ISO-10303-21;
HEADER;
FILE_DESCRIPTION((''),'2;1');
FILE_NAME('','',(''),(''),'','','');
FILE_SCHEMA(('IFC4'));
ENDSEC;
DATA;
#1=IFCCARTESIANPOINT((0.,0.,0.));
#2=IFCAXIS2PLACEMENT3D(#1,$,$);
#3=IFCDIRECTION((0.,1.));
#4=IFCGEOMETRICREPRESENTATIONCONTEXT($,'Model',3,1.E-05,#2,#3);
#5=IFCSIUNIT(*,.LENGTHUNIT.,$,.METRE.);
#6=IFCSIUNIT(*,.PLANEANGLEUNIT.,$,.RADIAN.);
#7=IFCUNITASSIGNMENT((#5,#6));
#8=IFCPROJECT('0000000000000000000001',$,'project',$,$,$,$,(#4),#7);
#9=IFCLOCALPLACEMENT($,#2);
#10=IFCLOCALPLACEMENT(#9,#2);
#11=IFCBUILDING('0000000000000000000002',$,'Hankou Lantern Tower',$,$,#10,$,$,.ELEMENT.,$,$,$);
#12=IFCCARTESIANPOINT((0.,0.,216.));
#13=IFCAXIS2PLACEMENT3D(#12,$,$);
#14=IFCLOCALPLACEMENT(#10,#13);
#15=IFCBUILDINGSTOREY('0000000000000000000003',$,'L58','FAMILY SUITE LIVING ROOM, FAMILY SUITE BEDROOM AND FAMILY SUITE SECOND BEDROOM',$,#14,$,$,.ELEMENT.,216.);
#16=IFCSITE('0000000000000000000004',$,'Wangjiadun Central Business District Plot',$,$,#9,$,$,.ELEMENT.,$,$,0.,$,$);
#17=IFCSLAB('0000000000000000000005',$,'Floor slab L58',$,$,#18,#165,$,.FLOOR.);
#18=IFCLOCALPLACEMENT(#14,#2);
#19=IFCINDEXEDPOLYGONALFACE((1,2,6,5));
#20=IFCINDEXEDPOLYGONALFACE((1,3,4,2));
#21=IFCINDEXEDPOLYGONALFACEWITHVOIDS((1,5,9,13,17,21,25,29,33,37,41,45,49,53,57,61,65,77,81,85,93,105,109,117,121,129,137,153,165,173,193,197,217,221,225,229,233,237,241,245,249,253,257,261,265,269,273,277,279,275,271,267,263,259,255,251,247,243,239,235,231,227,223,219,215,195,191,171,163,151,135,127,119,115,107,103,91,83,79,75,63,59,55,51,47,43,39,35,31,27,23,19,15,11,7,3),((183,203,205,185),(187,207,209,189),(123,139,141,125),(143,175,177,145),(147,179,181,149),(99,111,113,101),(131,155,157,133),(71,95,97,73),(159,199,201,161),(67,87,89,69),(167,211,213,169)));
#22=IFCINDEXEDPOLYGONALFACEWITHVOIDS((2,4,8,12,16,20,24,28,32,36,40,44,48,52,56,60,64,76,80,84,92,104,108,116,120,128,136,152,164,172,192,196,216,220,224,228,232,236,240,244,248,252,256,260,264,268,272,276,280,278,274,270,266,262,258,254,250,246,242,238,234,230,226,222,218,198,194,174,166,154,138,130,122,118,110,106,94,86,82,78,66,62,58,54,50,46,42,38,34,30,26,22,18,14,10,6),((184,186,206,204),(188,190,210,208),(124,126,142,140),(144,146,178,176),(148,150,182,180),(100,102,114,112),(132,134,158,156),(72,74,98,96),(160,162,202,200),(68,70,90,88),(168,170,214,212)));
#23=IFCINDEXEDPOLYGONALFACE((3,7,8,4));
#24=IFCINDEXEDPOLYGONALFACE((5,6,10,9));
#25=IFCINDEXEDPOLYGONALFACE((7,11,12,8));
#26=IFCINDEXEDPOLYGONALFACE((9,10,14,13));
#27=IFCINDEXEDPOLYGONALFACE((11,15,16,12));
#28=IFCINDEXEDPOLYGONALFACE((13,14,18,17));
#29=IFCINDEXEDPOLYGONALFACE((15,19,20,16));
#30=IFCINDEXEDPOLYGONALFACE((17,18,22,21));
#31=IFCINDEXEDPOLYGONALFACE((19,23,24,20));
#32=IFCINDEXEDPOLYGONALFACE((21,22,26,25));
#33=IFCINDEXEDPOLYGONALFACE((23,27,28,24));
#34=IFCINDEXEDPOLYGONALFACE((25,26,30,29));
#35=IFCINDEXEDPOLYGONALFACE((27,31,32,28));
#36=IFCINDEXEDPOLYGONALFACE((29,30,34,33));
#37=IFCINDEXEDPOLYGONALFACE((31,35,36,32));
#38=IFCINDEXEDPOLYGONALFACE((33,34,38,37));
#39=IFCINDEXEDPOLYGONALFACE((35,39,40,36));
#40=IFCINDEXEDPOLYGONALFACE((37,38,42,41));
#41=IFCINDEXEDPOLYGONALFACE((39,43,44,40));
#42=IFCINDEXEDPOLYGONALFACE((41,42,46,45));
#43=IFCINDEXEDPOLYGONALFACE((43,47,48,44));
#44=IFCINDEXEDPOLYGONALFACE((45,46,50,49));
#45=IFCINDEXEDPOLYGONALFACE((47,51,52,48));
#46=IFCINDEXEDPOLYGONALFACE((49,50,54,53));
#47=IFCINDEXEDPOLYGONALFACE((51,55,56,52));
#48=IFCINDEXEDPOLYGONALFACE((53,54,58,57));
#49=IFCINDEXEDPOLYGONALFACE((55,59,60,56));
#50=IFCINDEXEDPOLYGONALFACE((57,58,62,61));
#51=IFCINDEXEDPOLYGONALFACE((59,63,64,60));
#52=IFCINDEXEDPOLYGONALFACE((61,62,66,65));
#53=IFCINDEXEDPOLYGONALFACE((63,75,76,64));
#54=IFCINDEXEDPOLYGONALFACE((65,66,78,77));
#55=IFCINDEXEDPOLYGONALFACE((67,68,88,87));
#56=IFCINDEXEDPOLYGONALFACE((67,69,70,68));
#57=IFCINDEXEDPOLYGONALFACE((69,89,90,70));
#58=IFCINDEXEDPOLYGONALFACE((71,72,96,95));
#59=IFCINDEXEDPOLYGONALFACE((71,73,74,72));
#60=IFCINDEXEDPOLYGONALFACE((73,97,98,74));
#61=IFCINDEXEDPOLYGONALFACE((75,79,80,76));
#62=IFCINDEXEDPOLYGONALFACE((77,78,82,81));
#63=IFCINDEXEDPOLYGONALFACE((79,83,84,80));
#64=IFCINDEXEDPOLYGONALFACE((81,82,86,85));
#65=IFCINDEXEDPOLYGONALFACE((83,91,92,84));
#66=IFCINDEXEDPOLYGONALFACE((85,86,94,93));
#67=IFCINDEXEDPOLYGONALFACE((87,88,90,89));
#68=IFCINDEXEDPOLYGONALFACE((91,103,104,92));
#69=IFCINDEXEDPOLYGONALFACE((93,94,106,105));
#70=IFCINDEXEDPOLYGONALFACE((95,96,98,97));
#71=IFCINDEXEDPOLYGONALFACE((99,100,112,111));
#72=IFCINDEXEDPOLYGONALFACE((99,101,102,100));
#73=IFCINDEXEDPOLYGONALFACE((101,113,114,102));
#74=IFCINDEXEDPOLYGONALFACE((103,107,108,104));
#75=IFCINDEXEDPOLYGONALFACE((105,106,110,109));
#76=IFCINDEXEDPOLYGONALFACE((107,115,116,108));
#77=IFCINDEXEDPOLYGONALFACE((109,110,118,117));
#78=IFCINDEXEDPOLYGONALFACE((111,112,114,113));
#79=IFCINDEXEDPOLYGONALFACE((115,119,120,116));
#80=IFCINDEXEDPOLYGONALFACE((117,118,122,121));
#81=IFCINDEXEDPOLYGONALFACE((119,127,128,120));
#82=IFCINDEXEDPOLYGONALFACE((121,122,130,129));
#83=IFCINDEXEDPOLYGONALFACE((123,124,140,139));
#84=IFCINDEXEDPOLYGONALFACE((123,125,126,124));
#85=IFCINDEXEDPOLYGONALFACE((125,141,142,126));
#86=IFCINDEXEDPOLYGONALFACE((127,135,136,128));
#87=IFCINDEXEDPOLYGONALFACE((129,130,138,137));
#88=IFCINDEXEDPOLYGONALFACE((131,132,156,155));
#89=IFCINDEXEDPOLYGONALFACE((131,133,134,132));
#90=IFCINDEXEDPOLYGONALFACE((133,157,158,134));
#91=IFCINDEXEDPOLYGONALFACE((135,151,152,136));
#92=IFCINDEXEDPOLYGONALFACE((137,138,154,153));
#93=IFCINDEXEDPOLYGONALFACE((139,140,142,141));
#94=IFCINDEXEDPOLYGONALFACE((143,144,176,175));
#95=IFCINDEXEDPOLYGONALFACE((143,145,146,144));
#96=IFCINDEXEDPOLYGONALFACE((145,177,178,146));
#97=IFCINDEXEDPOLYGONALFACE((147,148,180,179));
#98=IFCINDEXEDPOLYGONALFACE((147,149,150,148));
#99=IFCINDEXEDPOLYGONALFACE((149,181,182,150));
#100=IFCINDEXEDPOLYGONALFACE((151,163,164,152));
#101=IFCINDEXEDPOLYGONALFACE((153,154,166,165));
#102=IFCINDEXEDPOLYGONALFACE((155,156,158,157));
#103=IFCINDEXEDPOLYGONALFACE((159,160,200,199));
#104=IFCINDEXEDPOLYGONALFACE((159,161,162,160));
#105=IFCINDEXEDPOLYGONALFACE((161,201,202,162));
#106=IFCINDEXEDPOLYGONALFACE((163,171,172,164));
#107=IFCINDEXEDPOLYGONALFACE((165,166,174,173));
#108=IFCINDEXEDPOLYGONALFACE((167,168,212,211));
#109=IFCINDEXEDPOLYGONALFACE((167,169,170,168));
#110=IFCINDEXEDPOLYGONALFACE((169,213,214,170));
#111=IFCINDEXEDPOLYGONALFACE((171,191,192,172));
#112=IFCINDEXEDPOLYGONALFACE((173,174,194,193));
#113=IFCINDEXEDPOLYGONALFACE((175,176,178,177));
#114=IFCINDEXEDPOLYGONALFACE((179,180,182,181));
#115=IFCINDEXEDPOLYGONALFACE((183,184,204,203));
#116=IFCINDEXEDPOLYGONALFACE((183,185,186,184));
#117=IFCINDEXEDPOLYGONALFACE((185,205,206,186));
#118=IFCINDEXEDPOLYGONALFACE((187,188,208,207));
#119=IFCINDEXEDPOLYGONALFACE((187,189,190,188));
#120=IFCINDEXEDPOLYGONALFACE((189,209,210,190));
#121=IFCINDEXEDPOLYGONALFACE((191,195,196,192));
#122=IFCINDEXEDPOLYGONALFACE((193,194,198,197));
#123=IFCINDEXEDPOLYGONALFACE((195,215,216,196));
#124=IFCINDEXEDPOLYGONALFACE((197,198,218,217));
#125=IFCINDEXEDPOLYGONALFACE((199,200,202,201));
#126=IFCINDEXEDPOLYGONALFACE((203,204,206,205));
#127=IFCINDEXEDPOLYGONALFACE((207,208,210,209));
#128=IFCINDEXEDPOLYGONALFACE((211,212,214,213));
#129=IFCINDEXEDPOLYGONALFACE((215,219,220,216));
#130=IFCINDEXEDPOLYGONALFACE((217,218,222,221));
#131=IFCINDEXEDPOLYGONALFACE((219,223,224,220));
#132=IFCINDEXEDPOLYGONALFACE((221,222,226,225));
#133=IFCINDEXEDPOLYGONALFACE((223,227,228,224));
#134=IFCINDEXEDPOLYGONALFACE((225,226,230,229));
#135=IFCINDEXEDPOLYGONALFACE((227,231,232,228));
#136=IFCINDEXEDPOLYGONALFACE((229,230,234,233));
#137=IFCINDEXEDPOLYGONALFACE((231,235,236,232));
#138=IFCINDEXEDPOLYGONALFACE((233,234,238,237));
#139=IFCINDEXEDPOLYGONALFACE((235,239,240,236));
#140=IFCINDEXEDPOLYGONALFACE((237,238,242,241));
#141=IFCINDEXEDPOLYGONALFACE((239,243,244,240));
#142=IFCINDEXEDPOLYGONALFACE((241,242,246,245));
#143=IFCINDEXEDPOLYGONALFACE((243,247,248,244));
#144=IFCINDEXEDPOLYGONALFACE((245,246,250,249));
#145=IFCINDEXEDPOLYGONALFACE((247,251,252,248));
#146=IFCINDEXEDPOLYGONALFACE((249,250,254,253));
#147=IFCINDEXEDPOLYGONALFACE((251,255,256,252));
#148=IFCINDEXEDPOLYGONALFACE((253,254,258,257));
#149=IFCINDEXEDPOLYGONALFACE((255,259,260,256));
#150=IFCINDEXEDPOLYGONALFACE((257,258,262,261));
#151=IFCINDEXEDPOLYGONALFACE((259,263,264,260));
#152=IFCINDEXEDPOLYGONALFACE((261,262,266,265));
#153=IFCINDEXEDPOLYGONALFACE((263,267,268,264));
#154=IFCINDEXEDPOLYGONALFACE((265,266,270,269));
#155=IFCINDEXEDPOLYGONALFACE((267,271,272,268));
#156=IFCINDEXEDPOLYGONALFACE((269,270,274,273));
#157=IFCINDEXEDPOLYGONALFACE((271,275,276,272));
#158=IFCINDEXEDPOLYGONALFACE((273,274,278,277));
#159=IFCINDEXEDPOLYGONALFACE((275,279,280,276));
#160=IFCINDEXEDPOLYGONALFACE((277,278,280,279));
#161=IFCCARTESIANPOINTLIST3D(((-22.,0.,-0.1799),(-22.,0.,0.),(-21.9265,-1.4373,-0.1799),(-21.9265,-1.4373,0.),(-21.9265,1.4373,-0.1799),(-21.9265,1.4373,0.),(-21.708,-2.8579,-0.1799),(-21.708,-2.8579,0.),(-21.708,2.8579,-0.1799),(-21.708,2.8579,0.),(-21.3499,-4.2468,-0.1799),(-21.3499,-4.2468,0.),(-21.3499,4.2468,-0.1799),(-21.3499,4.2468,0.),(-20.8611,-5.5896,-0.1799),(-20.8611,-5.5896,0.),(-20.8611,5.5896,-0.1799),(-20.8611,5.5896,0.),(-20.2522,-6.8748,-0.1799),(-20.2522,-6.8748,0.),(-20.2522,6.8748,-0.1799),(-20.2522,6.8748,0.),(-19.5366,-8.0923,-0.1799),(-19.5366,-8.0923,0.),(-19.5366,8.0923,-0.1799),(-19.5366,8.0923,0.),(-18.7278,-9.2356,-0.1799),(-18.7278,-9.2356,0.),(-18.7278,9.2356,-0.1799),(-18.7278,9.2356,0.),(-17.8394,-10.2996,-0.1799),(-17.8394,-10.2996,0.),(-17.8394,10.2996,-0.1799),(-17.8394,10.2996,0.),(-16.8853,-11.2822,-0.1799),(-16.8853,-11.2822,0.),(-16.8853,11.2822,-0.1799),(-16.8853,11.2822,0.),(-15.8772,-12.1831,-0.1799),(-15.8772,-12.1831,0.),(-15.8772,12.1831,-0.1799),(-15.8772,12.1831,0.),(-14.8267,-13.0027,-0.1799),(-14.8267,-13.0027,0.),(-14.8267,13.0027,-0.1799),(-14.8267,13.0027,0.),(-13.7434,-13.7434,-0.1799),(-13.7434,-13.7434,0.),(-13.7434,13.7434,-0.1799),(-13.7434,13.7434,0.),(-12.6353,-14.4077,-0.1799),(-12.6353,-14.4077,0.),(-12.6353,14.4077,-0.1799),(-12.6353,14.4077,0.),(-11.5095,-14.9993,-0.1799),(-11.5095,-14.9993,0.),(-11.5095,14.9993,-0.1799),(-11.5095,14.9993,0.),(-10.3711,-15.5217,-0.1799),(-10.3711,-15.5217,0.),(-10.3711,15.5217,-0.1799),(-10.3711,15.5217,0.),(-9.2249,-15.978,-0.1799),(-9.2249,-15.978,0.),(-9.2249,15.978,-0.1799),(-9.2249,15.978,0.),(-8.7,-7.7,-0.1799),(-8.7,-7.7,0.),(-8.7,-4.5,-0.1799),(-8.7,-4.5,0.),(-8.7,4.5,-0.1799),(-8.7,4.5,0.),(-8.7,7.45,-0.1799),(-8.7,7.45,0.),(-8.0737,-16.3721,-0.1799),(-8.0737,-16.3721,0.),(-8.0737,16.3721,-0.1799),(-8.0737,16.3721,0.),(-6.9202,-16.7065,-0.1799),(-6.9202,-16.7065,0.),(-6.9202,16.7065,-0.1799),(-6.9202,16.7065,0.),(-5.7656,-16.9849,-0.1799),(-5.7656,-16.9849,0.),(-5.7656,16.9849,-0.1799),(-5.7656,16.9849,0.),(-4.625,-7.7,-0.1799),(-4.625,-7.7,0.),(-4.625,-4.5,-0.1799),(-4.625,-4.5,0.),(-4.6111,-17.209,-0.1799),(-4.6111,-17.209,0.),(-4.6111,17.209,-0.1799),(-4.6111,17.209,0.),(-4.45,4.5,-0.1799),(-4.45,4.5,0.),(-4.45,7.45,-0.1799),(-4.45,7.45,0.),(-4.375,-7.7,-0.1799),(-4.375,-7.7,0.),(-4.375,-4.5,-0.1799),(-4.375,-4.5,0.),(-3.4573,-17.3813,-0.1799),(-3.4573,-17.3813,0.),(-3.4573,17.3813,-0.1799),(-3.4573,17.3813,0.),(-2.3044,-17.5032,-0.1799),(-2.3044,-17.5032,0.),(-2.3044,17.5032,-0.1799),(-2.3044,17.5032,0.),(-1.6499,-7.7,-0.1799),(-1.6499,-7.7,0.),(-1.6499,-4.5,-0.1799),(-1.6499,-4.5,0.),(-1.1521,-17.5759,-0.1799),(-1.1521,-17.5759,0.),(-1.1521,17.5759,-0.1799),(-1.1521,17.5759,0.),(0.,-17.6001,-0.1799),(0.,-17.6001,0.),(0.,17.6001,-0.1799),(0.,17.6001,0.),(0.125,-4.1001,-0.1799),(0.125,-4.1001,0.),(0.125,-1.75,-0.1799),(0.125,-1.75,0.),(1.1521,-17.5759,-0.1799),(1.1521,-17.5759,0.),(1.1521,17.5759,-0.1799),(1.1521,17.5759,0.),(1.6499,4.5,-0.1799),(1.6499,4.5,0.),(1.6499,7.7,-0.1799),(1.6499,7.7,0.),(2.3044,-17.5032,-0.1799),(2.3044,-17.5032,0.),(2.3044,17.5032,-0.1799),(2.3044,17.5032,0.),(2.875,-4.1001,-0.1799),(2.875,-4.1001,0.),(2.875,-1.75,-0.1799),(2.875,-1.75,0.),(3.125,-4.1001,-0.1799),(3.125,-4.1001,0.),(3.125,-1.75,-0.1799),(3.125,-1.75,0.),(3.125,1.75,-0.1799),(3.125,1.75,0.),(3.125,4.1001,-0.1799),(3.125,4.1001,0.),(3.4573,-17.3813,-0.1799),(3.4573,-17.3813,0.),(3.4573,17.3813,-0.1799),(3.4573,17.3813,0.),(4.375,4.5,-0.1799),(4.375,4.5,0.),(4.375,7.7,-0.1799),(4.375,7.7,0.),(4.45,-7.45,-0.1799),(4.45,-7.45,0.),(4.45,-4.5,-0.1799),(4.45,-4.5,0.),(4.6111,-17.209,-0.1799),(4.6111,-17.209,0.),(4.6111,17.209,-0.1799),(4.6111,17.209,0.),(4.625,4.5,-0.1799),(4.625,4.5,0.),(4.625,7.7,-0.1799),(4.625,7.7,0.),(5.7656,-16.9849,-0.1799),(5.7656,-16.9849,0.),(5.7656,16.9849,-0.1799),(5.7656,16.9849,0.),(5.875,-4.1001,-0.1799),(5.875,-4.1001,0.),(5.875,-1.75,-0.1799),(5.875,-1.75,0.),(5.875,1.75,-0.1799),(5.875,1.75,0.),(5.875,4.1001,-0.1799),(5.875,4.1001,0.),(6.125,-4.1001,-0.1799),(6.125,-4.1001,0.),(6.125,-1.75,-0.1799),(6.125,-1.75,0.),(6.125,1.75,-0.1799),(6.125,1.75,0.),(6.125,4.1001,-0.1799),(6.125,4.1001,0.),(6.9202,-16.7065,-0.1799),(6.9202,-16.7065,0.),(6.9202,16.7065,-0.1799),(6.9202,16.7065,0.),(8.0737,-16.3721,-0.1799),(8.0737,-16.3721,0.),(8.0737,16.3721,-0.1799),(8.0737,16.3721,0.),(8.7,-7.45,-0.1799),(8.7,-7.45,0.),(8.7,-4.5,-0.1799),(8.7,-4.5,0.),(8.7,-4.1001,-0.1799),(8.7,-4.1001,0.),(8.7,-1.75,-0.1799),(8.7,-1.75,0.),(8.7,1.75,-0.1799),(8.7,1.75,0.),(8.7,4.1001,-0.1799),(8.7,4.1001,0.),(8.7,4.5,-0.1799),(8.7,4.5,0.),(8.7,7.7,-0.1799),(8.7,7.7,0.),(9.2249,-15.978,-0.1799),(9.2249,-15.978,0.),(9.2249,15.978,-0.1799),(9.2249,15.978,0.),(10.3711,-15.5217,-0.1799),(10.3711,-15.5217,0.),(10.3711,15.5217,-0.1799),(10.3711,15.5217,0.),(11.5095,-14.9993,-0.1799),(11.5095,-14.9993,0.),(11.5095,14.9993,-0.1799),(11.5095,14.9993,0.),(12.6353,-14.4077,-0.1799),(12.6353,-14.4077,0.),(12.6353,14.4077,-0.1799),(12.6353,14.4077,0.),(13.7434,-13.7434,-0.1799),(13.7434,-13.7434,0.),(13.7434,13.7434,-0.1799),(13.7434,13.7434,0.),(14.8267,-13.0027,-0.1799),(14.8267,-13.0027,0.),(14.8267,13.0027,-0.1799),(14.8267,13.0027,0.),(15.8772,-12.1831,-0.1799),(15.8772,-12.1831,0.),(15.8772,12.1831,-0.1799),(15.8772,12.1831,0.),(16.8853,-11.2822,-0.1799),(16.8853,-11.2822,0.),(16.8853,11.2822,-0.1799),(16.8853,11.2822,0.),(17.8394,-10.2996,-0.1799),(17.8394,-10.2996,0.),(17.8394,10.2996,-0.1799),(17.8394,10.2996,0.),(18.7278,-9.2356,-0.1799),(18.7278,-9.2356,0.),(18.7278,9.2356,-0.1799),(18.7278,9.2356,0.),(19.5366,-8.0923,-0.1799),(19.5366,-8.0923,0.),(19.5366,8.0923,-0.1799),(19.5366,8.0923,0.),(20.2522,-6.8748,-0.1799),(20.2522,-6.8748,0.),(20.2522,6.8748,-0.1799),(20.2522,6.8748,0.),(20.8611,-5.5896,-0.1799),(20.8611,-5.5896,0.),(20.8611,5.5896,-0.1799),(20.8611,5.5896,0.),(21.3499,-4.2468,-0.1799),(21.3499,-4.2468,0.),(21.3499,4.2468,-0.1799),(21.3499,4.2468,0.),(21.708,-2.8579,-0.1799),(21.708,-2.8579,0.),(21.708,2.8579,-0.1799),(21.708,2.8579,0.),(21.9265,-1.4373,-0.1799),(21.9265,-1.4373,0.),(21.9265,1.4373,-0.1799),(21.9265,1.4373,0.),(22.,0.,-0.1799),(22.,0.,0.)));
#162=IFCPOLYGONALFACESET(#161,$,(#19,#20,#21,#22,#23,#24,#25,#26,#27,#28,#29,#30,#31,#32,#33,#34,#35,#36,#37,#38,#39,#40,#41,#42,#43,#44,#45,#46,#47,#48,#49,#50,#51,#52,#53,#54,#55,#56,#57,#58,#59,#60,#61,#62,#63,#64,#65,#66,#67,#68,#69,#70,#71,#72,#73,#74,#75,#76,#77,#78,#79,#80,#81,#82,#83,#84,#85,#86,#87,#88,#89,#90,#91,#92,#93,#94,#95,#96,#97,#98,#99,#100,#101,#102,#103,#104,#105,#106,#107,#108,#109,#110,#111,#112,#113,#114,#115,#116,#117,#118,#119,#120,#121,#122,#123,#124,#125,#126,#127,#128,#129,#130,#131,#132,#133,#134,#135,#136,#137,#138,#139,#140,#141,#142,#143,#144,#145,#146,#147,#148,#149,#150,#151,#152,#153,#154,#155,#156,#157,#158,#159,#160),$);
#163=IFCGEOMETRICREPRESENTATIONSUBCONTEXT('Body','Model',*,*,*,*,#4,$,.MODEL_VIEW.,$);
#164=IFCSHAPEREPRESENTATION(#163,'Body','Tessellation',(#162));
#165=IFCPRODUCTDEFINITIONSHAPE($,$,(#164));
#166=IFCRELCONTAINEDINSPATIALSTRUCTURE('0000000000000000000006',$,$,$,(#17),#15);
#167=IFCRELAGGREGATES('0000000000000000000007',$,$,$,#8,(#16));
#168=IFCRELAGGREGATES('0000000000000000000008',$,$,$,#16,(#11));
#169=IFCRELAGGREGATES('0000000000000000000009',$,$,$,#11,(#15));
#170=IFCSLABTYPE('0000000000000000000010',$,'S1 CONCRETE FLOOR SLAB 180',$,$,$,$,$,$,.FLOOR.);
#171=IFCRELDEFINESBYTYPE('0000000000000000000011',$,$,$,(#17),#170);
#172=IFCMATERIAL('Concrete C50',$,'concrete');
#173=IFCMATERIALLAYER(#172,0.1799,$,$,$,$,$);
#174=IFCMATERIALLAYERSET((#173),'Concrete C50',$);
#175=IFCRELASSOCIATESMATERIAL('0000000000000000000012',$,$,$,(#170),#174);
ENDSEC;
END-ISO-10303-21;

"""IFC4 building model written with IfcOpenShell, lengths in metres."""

from ifc_helpers import new_model, si_unit, direction, frame, origin, place, context, subcontext, project, spatial, polyline, outline, extrude, material, layer, layer_set, type_object, element, save


model = new_model("IFC4")

# Units and contexts
model_context = context("Model", 3, precision=1e-05, world=origin(), true_north=direction((0.0, 1.0)))
body_context = subcontext(model_context, "Body", "Model", "MODEL_VIEW")
ifc_project = project(units=[si_unit("LENGTHUNIT", "METRE"), si_unit("PLANEANGLEUNIT", "RADIAN")], contexts=[model_context])

# Site, building, storey
site_placement = place(None, origin())
site = spatial("IfcSite", under=ifc_project, at=site_placement, Name="Wangjiadun Central Business District Plot", CompositionType="ELEMENT", RefElevation=0.0)
building_placement = place(site_placement, origin())
building = spatial("IfcBuilding", under=site, at=building_placement, Name="Hankou Lantern Tower", CompositionType="ELEMENT")
storey_placement = place(building_placement, frame((0.0, 0.0, 216.0)))
storey = spatial("IfcBuildingStorey", under=building, at=storey_placement, Name="L58", Description="FAMILY SUITE LIVING ROOM, FAMILY SUITE BEDROOM AND FAMILY SUITE SECOND BEDROOM", CompositionType="ELEMENT", Elevation=216.0)

# Slab
ifc_material_1 = material(Name="Concrete C50", Category="concrete")
ifc_layer_1 = layer(ifc_material_1, 0.1799)
ifc_layer_set_1 = layer_set([ifc_layer_1], Name="Concrete C50")
slab_type = type_object("IfcSlabType", Name="S1 CONCRETE FLOOR SLAB 180", PredefinedType="FLOOR", material=ifc_layer_set_1)
slab_placement = place(storey_placement, frame((0.0, 0.0, -0.1799)))
element("IfcSlab", 1, at=slab_placement, inside=storey, type_object=slab_type, Name="Floor slab L58", PredefinedType="FLOOR", context=body_context, shape_type="SweptSolid", body=[
    extrude(outline(polyline([(22.0, 0.0), (21.9265, 1.4373), (21.708, 2.8579), (21.3499, 4.2468), (20.8611, 5.5896), (20.2522, 6.8748), (19.5366, 8.0923), (18.7278, 9.2356), (17.8394, 10.2996), (16.8853, 11.2822), (15.8772, 12.1831), (14.8267, 13.0027), (13.7434, 13.7434), (12.6353, 14.4077), (11.5095, 14.9993), (10.3711, 15.5217), (9.2249, 15.978), (8.0737, 16.3721), (6.9202, 16.7065), (5.7656, 16.9849), (4.6111, 17.209), (3.4573, 17.3813), (2.3044, 17.5032), (1.1521, 17.5759), (0.0, 17.6001), (-1.1521, 17.5759), (-2.3044, 17.5032), (-3.4573, 17.3813), (-4.6111, 17.209), (-5.7656, 16.9849), (-6.9202, 16.7065), (-8.0737, 16.3721), (-9.2249, 15.978), (-10.3711, 15.5217), (-11.5095, 14.9993), (-12.6353, 14.4077), (-13.7434, 13.7434), (-14.8267, 13.0027), (-15.8772, 12.1831), (-16.8853, 11.2822), (-17.8394, 10.2996), (-18.7278, 9.2356), (-19.5366, 8.0923), (-20.2522, 6.8748), (-20.8611, 5.5896), (-21.3499, 4.2468), (-21.708, 2.8579), (-21.9265, 1.4373), (-22.0, 0.0), (-21.9265, -1.4373), (-21.708, -2.8579), (-21.3499, -4.2468), (-20.8611, -5.5896), (-20.2522, -6.8748), (-19.5366, -8.0923), (-18.7278, -9.2356), (-17.8394, -10.2996), (-16.8853, -11.2822), (-15.8772, -12.1831), (-14.8267, -13.0027), (-13.7434, -13.7434), (-12.6353, -14.4077), (-11.5095, -14.9993), (-10.3711, -15.5217), (-9.2249, -15.978), (-8.0737, -16.3721), (-6.9202, -16.7065), (-5.7656, -16.9849), (-4.6111, -17.209), (-3.4573, -17.3813), (-2.3044, -17.5032), (-1.1521, -17.5759), (0.0, -17.6001), (1.1521, -17.5759), (2.3044, -17.5032), (3.4573, -17.3813), (4.6111, -17.209), (5.7656, -16.9849), (6.9202, -16.7065), (8.0737, -16.3721), (9.2249, -15.978), (10.3711, -15.5217), (11.5095, -14.9993), (12.6353, -14.4077), (13.7434, -13.7434), (14.8267, -13.0027), (15.8772, -12.1831), (16.8853, -11.2822), (17.8394, -10.2996), (18.7278, -9.2356), (19.5366, -8.0923), (20.2522, -6.8748), (20.8611, -5.5896), (21.3499, -4.2468), (21.708, -2.8579), (21.9265, -1.4373), (22.0, 0.0)]), holes=[polyline([(3.125, 4.1001), (5.875, 4.1001), (5.875, 1.75), (3.125, 1.75), (3.125, 4.1001)]), polyline([(6.125, 4.1001), (8.7, 4.1001), (8.7, 1.75), (6.125, 1.75), (6.125, 4.1001)]), polyline([(0.125, -1.75), (2.875, -1.75), (2.875, -4.1001), (0.125, -4.1001), (0.125, -1.75)]), polyline([(3.125, -1.75), (5.875, -1.75), (5.875, -4.1001), (3.125, -4.1001), (3.125, -1.75)]), polyline([(6.125, -1.75), (8.7, -1.75), (8.7, -4.1001), (6.125, -4.1001), (6.125, -1.75)]), polyline([(1.6499, 7.7), (4.375, 7.7), (4.375, 4.5), (1.6499, 4.5), (1.6499, 7.7)]), polyline([(-4.375, -4.5), (-1.6499, -4.5), (-1.6499, -7.7), (-4.375, -7.7), (-4.375, -4.5)]), polyline([(-8.7, 7.45), (-4.45, 7.45), (-4.45, 4.5), (-8.7, 4.5), (-8.7, 7.45)]), polyline([(4.45, -4.5), (8.7, -4.5), (8.7, -7.45), (4.45, -7.45), (4.45, -4.5)]), polyline([(4.625, 7.7), (8.7, 7.7), (8.7, 4.5), (4.625, 4.5), (4.625, 7.7)]), polyline([(-8.7, -4.5), (-4.625, -4.5), (-4.625, -7.7), (-8.7, -7.7), (-8.7, -4.5)])]), origin(), (0.0, 0.0, 1.0), 0.1799),
])

save(model, "model.ifc")
